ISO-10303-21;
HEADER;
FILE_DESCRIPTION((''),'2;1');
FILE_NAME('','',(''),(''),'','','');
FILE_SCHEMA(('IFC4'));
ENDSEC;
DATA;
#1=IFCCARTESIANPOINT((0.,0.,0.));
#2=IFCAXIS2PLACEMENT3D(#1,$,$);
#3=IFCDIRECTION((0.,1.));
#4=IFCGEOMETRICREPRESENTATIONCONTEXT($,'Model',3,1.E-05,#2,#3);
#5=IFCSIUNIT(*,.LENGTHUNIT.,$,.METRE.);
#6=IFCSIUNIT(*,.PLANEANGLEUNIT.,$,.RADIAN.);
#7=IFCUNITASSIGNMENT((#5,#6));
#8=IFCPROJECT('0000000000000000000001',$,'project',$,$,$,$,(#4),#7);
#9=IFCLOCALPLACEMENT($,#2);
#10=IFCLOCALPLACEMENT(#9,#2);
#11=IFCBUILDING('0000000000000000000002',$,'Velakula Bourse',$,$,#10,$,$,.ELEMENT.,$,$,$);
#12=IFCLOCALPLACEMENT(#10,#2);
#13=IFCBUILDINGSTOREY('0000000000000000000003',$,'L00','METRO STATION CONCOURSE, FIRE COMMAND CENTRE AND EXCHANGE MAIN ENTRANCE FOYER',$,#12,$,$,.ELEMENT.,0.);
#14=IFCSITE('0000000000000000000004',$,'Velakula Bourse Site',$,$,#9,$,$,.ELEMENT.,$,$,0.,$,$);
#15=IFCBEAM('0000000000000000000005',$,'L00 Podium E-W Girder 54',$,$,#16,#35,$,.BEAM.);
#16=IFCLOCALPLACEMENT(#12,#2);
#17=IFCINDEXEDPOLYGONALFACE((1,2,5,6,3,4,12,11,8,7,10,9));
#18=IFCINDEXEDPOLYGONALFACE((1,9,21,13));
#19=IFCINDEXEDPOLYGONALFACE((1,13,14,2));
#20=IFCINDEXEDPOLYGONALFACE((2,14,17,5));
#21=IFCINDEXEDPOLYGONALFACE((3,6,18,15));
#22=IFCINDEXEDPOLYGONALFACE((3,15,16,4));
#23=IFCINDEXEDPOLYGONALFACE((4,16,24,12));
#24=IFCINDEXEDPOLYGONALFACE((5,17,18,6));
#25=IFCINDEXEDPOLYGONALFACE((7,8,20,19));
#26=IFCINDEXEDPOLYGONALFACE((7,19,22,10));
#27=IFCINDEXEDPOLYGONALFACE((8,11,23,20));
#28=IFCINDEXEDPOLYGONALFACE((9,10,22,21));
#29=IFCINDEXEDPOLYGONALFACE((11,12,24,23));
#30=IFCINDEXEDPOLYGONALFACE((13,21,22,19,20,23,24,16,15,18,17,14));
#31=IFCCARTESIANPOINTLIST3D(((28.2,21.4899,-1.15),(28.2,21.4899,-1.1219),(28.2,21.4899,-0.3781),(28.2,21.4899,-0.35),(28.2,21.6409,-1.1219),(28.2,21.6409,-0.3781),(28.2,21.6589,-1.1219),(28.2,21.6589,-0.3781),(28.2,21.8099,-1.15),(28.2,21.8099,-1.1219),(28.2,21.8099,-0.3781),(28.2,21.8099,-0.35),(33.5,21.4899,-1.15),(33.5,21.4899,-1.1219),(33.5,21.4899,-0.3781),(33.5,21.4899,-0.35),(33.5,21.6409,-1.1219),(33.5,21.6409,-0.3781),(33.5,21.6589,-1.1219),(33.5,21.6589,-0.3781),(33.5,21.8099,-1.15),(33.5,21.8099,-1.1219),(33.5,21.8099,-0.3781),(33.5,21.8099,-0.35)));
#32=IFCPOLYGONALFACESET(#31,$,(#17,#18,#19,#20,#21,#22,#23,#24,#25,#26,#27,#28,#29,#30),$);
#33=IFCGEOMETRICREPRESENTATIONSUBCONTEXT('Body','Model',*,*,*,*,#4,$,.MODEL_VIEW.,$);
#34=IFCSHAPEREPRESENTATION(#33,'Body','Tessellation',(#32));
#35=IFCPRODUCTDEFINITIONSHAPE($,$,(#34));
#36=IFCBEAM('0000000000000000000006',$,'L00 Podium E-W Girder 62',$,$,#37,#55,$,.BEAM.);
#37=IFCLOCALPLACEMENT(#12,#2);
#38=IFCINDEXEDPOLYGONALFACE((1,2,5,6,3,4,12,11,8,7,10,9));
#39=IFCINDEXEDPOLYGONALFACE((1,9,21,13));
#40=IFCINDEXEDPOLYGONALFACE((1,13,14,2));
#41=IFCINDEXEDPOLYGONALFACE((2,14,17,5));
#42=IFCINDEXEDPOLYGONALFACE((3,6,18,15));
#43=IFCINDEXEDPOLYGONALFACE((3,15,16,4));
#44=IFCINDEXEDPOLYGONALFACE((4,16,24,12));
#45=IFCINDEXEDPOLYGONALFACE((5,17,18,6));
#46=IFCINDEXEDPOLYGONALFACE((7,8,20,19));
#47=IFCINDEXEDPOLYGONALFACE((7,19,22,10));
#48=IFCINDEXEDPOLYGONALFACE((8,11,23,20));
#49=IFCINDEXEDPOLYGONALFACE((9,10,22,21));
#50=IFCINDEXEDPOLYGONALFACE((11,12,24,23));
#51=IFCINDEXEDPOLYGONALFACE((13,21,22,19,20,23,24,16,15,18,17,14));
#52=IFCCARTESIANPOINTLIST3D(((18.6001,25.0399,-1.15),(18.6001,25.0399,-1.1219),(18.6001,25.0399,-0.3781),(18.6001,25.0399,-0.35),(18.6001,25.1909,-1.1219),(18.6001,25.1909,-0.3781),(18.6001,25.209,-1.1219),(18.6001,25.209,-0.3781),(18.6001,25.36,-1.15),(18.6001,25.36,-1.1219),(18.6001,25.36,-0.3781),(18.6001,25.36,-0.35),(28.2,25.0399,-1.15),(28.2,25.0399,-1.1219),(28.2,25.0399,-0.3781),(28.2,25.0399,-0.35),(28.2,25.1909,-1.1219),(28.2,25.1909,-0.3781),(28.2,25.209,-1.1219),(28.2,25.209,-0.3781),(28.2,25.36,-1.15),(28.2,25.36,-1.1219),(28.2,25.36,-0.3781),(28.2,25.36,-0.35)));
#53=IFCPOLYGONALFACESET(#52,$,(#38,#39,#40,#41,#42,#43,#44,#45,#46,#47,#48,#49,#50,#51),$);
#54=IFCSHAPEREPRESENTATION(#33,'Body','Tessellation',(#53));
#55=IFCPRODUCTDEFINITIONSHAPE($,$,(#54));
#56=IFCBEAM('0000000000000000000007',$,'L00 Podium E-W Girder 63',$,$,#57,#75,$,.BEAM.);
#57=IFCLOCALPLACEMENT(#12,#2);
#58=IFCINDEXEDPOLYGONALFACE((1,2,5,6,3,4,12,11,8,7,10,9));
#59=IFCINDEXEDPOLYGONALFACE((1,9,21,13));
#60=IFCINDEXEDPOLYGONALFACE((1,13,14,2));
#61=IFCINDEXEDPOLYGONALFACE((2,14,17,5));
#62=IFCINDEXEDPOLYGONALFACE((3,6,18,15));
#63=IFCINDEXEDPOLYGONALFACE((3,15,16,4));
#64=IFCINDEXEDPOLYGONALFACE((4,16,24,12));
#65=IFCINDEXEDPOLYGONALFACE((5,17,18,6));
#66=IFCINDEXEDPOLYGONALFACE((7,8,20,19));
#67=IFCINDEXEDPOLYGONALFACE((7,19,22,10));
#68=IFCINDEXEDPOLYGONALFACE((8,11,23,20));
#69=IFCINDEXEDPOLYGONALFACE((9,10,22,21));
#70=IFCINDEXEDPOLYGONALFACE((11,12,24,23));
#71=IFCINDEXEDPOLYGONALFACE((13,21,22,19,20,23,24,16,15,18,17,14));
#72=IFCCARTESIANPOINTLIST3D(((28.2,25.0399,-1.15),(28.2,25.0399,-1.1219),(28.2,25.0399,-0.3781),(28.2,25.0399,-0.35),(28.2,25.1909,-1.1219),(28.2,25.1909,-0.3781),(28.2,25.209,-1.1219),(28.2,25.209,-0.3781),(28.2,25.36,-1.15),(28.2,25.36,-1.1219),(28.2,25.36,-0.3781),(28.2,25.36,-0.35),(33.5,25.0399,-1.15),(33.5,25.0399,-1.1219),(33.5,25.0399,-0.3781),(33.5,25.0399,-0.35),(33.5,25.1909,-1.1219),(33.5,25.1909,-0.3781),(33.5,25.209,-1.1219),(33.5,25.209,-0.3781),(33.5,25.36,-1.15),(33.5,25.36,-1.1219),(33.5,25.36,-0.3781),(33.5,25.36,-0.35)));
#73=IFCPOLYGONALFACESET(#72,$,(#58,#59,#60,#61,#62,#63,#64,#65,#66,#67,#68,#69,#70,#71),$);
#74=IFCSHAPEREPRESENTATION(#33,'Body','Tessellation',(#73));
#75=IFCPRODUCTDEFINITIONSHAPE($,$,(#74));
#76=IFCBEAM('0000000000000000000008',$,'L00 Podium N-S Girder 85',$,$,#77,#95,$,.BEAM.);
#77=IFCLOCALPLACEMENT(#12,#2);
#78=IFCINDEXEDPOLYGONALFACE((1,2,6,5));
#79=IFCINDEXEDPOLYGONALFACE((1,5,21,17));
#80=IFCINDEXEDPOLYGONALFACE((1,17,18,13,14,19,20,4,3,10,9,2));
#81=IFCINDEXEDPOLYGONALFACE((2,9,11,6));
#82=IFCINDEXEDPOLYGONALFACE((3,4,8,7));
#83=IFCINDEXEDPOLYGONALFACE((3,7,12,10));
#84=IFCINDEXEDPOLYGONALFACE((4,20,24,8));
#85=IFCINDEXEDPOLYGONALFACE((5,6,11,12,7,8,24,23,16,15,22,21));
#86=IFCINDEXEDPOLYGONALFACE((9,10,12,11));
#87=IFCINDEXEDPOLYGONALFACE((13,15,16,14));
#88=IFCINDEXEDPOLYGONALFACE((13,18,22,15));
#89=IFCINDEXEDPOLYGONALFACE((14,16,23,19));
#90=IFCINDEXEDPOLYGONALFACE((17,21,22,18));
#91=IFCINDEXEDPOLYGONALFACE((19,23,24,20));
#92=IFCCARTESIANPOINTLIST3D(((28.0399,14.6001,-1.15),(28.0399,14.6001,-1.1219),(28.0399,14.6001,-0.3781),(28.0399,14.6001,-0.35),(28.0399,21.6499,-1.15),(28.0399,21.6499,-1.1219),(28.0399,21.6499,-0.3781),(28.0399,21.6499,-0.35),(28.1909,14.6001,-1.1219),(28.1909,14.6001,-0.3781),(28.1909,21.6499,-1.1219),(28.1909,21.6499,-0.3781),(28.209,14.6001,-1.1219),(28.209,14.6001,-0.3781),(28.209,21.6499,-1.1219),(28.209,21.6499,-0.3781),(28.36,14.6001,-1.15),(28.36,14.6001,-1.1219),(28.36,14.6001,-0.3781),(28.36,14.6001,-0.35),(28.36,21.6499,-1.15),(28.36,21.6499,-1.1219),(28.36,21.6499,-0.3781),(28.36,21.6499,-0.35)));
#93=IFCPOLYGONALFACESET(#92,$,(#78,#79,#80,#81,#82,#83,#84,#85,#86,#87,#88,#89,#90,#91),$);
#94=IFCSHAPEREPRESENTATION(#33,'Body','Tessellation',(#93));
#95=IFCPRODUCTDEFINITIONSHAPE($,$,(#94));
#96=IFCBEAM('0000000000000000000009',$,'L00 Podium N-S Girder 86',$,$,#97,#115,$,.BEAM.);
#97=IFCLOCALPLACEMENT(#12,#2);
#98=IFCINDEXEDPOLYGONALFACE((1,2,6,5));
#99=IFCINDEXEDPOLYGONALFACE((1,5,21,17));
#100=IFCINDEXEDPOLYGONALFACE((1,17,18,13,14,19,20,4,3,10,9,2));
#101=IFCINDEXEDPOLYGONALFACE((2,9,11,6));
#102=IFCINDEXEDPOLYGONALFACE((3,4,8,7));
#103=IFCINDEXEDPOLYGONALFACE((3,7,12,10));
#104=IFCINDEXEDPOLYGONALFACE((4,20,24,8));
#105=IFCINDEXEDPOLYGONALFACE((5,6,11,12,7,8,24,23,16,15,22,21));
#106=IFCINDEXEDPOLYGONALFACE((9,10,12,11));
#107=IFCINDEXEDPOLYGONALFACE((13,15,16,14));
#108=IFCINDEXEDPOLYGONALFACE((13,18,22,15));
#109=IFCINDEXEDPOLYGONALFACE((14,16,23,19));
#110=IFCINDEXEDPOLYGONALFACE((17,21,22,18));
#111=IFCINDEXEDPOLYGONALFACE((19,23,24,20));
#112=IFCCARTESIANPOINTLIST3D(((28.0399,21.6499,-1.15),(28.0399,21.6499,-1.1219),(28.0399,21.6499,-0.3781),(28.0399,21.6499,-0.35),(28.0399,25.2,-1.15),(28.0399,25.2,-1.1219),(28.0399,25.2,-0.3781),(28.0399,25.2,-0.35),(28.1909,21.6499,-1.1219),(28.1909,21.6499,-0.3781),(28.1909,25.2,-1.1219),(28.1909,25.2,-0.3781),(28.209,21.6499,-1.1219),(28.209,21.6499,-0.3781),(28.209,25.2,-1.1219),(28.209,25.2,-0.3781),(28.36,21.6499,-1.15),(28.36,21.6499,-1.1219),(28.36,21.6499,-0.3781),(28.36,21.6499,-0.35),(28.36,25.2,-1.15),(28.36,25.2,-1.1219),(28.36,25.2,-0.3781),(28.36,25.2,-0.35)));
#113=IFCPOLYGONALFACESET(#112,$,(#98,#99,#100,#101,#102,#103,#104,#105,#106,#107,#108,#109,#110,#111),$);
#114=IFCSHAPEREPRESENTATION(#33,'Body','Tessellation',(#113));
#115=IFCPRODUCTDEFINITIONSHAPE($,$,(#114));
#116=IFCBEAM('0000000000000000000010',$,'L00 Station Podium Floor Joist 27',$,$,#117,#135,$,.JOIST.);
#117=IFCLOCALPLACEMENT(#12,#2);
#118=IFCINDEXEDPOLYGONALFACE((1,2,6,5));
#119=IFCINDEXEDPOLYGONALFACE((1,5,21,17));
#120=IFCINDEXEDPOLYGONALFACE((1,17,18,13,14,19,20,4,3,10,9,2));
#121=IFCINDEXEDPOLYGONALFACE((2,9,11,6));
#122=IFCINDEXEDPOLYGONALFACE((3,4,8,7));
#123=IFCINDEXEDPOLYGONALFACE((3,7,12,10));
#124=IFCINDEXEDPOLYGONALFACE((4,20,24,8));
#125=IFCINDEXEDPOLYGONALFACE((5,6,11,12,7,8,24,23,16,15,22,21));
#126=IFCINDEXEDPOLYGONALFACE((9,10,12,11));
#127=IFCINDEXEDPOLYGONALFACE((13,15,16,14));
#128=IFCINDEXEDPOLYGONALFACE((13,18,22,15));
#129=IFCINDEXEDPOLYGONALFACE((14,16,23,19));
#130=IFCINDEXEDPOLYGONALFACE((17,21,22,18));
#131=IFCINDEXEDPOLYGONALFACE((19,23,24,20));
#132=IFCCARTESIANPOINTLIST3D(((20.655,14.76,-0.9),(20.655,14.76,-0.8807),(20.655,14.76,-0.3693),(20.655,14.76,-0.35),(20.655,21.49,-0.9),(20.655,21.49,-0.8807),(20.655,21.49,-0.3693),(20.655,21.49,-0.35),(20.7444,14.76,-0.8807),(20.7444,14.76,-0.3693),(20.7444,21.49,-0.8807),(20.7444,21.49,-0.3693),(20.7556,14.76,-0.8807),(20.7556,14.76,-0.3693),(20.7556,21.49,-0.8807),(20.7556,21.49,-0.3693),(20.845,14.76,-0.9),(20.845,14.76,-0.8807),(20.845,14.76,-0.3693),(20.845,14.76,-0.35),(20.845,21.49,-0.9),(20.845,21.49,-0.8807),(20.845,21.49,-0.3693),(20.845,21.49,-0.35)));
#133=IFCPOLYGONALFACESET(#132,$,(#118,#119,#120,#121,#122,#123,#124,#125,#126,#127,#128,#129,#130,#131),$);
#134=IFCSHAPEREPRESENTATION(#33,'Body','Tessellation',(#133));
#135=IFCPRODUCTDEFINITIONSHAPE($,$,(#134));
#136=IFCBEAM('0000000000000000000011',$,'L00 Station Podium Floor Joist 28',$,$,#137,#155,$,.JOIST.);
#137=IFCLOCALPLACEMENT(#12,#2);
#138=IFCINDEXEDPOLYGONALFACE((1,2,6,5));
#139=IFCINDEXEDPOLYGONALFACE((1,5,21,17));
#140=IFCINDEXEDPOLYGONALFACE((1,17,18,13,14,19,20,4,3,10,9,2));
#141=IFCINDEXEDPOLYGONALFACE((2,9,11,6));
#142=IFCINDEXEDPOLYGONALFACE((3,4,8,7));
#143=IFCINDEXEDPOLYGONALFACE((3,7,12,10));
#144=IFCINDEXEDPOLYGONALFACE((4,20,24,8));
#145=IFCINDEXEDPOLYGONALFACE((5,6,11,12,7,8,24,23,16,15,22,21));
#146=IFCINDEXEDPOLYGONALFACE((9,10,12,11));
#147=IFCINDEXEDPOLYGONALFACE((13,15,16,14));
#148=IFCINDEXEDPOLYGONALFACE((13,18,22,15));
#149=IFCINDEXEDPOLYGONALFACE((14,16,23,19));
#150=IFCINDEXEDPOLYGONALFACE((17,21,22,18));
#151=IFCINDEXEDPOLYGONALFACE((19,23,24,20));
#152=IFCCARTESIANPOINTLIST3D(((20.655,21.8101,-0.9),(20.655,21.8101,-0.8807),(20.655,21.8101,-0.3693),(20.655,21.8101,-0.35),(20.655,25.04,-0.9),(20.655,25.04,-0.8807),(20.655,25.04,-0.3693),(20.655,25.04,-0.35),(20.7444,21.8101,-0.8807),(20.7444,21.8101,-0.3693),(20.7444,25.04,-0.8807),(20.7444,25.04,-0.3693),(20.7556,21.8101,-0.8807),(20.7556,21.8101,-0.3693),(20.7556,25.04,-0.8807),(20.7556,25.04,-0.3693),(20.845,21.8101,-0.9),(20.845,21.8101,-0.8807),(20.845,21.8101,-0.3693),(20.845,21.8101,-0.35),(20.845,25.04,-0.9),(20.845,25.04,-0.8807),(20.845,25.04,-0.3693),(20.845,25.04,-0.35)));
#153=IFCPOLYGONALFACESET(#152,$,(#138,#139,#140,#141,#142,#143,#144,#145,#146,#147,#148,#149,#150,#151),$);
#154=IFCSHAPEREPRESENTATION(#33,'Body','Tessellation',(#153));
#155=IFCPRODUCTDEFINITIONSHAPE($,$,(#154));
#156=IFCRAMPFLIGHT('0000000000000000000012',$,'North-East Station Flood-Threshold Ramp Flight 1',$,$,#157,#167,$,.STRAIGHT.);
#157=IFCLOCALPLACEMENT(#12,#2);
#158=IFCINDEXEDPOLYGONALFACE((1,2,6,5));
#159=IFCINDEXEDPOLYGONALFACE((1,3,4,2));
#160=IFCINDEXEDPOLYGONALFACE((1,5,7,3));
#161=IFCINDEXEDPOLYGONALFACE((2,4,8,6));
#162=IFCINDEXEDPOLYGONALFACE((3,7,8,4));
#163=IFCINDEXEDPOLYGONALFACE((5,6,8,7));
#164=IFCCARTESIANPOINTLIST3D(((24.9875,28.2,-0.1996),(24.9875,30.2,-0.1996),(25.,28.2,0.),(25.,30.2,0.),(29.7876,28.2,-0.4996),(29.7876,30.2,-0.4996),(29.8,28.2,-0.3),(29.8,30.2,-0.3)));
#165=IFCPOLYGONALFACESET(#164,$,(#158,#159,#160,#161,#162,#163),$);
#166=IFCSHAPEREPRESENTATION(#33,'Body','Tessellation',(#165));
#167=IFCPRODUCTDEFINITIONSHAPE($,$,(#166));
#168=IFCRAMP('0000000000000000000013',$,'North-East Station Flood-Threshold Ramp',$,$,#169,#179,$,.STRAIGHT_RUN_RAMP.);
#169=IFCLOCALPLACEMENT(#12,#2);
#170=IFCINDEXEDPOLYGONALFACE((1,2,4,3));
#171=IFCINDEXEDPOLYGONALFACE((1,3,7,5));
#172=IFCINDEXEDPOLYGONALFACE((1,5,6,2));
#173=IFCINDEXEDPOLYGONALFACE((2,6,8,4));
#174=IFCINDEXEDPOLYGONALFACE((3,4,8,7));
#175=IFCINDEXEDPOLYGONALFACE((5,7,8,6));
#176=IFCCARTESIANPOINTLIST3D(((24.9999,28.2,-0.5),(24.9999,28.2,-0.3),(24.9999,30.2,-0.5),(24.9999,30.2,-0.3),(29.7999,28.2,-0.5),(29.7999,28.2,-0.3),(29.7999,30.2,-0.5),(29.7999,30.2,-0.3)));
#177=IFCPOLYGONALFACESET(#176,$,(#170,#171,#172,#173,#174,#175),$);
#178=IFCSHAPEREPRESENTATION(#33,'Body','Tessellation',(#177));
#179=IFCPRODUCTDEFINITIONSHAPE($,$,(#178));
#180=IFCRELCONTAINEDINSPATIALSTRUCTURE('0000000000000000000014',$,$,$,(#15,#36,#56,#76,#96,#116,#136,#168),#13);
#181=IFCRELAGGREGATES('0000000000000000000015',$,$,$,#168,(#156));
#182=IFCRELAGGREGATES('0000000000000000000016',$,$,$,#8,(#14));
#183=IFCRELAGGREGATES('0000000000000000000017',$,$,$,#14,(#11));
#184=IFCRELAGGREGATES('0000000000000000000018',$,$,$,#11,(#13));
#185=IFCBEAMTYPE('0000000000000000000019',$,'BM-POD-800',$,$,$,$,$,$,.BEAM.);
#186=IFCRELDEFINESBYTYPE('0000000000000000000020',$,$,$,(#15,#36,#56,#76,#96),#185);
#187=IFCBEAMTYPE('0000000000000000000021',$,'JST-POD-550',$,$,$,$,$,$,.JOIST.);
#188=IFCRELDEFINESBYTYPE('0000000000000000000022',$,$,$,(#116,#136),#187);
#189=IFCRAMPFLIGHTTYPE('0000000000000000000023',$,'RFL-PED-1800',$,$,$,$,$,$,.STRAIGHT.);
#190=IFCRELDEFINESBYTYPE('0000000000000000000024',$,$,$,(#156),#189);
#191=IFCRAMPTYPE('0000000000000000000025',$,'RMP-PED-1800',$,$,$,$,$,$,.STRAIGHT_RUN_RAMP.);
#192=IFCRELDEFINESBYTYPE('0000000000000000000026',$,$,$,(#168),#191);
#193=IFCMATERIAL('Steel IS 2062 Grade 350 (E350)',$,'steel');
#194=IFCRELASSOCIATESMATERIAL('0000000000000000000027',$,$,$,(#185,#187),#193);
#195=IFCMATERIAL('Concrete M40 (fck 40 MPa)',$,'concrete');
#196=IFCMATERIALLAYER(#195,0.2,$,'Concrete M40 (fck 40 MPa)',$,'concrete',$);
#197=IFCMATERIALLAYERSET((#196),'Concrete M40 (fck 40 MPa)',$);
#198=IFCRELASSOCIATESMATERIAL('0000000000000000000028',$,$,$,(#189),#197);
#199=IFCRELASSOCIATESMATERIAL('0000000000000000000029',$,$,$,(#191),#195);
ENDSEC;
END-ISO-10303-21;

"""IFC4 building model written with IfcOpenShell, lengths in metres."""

from ifc_helpers import new_model, si_unit, direction, frame, origin, origin_2d, place, context, subcontext, project, spatial, polyline, rectangle, i_section, outline, extrude, material, layer, layer_set, material_profile, profile_set, type_object, element, aggregate, save


model = new_model("IFC4")

# Units and contexts
model_context = context("Model", 3, precision=1e-05, world=origin(), true_north=direction((0.0, 1.0)))
body_context = subcontext(model_context, "Body", "Model", "MODEL_VIEW")
ifc_project = project(units=[si_unit("LENGTHUNIT", "METRE"), si_unit("PLANEANGLEUNIT", "RADIAN")], contexts=[model_context])

# Site, building, storey
site_placement = place(None, origin())
site = spatial("IfcSite", under=ifc_project, at=site_placement, Name="Velakula Bourse Site", CompositionType="ELEMENT", RefElevation=0.0)
building_placement = place(site_placement, origin())
building = spatial("IfcBuilding", under=site, at=building_placement, Name="Velakula Bourse", CompositionType="ELEMENT")
storey_placement = place(building_placement, origin())
storey = spatial("IfcBuildingStorey", under=building, at=storey_placement, Name="L00", Description="METRO STATION CONCOURSE, FIRE COMMAND CENTRE AND EXCHANGE MAIN ENTRANCE FOYER", CompositionType="ELEMENT", Elevation=0.0)

# Beams
ifc_material_1 = material(Name="Steel IS 2062 Grade 350 (E350)", Category="steel")
ifc_material_profile_1 = material_profile(ifc_material_1, i_section(OverallWidth=0.3201, OverallDepth=0.8, WebThickness=0.0181, FlangeThickness=0.0281, at=origin_2d()), Name="Steel IS 2062 Grade 350 (E350)")
ifc_profile_set_1 = profile_set([ifc_material_profile_1], Name="Steel IS 2062 Grade 350 (E350)")
beam_type_1 = type_object("IfcBeamType", Name="BM-POD-800", PredefinedType="BEAM", material=ifc_profile_set_1)
beam_1_placement = place(storey_placement, frame((28.2, 21.6499, -0.75), z_axis=(1.0, 0.0, 0.0), x_axis=(0.0, 1.0, 0.0)))
element("IfcBeam", 1, at=beam_1_placement, inside=storey, type_object=beam_type_1, Name="L00 Podium E-W Girder 54", PredefinedType="BEAM", context=body_context, shape_type="SweptSolid", body=[
    extrude(i_section(OverallWidth=0.3201, OverallDepth=0.8, WebThickness=0.0181, FlangeThickness=0.0281, at=origin_2d()), origin(), (0.0, 0.0, 1.0), 5.3),
])
beam_2_placement = place(storey_placement, frame((18.6001, 25.2, -0.75), z_axis=(1.0, 0.0, 0.0), x_axis=(0.0, 1.0, 0.0)))
element("IfcBeam", 2, at=beam_2_placement, inside=storey, type_object=beam_type_1, Name="L00 Podium E-W Girder 62", PredefinedType="BEAM", context=body_context, shape_type="SweptSolid", body=[
    extrude(i_section(OverallWidth=0.3201, OverallDepth=0.8, WebThickness=0.0181, FlangeThickness=0.0281, at=origin_2d()), origin(), (0.0, 0.0, 1.0), 9.5999),
])
beam_3_placement = place(storey_placement, frame((28.2, 25.2, -0.75), z_axis=(1.0, 0.0, 0.0), x_axis=(0.0, 1.0, 0.0)))
element("IfcBeam", 3, at=beam_3_placement, inside=storey, type_object=beam_type_1, Name="L00 Podium E-W Girder 63", PredefinedType="BEAM", context=body_context, shape_type="SweptSolid", body=[
    extrude(i_section(OverallWidth=0.3201, OverallDepth=0.8, WebThickness=0.0181, FlangeThickness=0.0281, at=origin_2d()), origin(), (0.0, 0.0, 1.0), 5.3),
])
beam_4_placement = place(storey_placement, frame((28.2, 14.6001, -0.75), z_axis=(0.0, 1.0, 0.0), x_axis=(-1.0, 0.0, 0.0)))
element("IfcBeam", 4, at=beam_4_placement, inside=storey, type_object=beam_type_1, Name="L00 Podium N-S Girder 85", PredefinedType="BEAM", context=body_context, shape_type="SweptSolid", body=[
    extrude(i_section(OverallWidth=0.3201, OverallDepth=0.8, WebThickness=0.0181, FlangeThickness=0.0281, at=origin_2d()), origin(), (0.0, 0.0, 1.0), 7.0498),
])
beam_5_placement = place(storey_placement, frame((28.2, 21.6499, -0.75), z_axis=(0.0, 1.0, 0.0), x_axis=(-1.0, 0.0, 0.0)))
element("IfcBeam", 5, at=beam_5_placement, inside=storey, type_object=beam_type_1, Name="L00 Podium N-S Girder 86", PredefinedType="BEAM", context=body_context, shape_type="SweptSolid", body=[
    extrude(i_section(OverallWidth=0.3201, OverallDepth=0.8, WebThickness=0.0181, FlangeThickness=0.0281, at=origin_2d()), origin(), (0.0, 0.0, 1.0), 3.55),
])
ifc_material_profile_2 = material_profile(ifc_material_1, i_section(OverallWidth=0.1899, OverallDepth=0.55, WebThickness=0.0112, FlangeThickness=0.0193, at=origin_2d()), Name="Steel IS 2062 Grade 350 (E350)")
ifc_profile_set_2 = profile_set([ifc_material_profile_2], Name="Steel IS 2062 Grade 350 (E350)")
beam_type_2 = type_object("IfcBeamType", Name="JST-POD-550", PredefinedType="JOIST", material=ifc_profile_set_2)
beam_6_placement = place(storey_placement, frame((20.75, 14.76, -0.625), z_axis=(0.0, 1.0, 0.0), x_axis=(-1.0, 0.0, 0.0)))
element("IfcBeam", 6, at=beam_6_placement, inside=storey, type_object=beam_type_2, Name="L00 Station Podium Floor Joist 27", PredefinedType="JOIST", context=body_context, shape_type="SweptSolid", body=[
    extrude(i_section(OverallWidth=0.1899, OverallDepth=0.55, WebThickness=0.0112, FlangeThickness=0.0193, at=origin_2d()), origin(), (0.0, 0.0, 1.0), 6.73),
])
beam_7_placement = place(storey_placement, frame((20.75, 21.8101, -0.625), z_axis=(0.0, 1.0, 0.0), x_axis=(-1.0, 0.0, 0.0)))
element("IfcBeam", 7, at=beam_7_placement, inside=storey, type_object=beam_type_2, Name="L00 Station Podium Floor Joist 28", PredefinedType="JOIST", context=body_context, shape_type="SweptSolid", body=[
    extrude(i_section(OverallWidth=0.1899, OverallDepth=0.55, WebThickness=0.0112, FlangeThickness=0.0193, at=origin_2d()), origin(), (0.0, 0.0, 1.0), 3.23),
])

# Ramp flight
ifc_material_2 = material(Name="Concrete M40 (fck 40 MPa)", Category="concrete")
ifc_layer = layer(ifc_material_2, 0.2, Name="Concrete M40 (fck 40 MPa)", Category="concrete")
ifc_layer_set = layer_set([ifc_layer], Name="Concrete M40 (fck 40 MPa)")
ramp_flight_type = type_object("IfcRampFlightType", Name="RFL-PED-1800", PredefinedType="STRAIGHT", material=ifc_layer_set)
ramp_flight_placement = place(storey_placement, frame((25.0, 28.2, 0.0), z_axis=(0.062388, 0.0, 0.998052), x_axis=(0.998052, 0.0, -0.062388)))
ramp_flight = element("IfcRampFlight", 8, at=ramp_flight_placement, type_object=ramp_flight_type, Name="North-East Station Flood-Threshold Ramp Flight 1", PredefinedType="STRAIGHT", context=body_context, shape_type="SweptSolid", body=[
    extrude(outline(polyline([(0.0, 0.0), (4.8094, 0.0), (4.8094, 2.0), (0.0, 2.0), (0.0, 0.0)])), origin(), (0.0, 0.0, -1.0), 0.2),
])

# Ramp
ramp_type = type_object("IfcRampType", Name="RMP-PED-1800", PredefinedType="STRAIGHT_RUN_RAMP", material=ifc_material_2)
ramp_placement = place(storey_placement, frame((27.3999, 29.2, -0.5), z_axis=(0.0, 0.0, 1.0), x_axis=(1.0, 0.0, 0.0)))
ramp = element("IfcRamp", 9, at=ramp_placement, inside=storey, type_object=ramp_type, Name="North-East Station Flood-Threshold Ramp", PredefinedType="STRAIGHT_RUN_RAMP", context=body_context, shape_type="SweptSolid", body=[
    extrude(rectangle(XDim=4.8, YDim=2.0, at=origin_2d()), origin(), (0.0, 0.0, 1.0), 0.2),
])
aggregate(ramp, [ramp_flight])

save(model, "model.ifc")
